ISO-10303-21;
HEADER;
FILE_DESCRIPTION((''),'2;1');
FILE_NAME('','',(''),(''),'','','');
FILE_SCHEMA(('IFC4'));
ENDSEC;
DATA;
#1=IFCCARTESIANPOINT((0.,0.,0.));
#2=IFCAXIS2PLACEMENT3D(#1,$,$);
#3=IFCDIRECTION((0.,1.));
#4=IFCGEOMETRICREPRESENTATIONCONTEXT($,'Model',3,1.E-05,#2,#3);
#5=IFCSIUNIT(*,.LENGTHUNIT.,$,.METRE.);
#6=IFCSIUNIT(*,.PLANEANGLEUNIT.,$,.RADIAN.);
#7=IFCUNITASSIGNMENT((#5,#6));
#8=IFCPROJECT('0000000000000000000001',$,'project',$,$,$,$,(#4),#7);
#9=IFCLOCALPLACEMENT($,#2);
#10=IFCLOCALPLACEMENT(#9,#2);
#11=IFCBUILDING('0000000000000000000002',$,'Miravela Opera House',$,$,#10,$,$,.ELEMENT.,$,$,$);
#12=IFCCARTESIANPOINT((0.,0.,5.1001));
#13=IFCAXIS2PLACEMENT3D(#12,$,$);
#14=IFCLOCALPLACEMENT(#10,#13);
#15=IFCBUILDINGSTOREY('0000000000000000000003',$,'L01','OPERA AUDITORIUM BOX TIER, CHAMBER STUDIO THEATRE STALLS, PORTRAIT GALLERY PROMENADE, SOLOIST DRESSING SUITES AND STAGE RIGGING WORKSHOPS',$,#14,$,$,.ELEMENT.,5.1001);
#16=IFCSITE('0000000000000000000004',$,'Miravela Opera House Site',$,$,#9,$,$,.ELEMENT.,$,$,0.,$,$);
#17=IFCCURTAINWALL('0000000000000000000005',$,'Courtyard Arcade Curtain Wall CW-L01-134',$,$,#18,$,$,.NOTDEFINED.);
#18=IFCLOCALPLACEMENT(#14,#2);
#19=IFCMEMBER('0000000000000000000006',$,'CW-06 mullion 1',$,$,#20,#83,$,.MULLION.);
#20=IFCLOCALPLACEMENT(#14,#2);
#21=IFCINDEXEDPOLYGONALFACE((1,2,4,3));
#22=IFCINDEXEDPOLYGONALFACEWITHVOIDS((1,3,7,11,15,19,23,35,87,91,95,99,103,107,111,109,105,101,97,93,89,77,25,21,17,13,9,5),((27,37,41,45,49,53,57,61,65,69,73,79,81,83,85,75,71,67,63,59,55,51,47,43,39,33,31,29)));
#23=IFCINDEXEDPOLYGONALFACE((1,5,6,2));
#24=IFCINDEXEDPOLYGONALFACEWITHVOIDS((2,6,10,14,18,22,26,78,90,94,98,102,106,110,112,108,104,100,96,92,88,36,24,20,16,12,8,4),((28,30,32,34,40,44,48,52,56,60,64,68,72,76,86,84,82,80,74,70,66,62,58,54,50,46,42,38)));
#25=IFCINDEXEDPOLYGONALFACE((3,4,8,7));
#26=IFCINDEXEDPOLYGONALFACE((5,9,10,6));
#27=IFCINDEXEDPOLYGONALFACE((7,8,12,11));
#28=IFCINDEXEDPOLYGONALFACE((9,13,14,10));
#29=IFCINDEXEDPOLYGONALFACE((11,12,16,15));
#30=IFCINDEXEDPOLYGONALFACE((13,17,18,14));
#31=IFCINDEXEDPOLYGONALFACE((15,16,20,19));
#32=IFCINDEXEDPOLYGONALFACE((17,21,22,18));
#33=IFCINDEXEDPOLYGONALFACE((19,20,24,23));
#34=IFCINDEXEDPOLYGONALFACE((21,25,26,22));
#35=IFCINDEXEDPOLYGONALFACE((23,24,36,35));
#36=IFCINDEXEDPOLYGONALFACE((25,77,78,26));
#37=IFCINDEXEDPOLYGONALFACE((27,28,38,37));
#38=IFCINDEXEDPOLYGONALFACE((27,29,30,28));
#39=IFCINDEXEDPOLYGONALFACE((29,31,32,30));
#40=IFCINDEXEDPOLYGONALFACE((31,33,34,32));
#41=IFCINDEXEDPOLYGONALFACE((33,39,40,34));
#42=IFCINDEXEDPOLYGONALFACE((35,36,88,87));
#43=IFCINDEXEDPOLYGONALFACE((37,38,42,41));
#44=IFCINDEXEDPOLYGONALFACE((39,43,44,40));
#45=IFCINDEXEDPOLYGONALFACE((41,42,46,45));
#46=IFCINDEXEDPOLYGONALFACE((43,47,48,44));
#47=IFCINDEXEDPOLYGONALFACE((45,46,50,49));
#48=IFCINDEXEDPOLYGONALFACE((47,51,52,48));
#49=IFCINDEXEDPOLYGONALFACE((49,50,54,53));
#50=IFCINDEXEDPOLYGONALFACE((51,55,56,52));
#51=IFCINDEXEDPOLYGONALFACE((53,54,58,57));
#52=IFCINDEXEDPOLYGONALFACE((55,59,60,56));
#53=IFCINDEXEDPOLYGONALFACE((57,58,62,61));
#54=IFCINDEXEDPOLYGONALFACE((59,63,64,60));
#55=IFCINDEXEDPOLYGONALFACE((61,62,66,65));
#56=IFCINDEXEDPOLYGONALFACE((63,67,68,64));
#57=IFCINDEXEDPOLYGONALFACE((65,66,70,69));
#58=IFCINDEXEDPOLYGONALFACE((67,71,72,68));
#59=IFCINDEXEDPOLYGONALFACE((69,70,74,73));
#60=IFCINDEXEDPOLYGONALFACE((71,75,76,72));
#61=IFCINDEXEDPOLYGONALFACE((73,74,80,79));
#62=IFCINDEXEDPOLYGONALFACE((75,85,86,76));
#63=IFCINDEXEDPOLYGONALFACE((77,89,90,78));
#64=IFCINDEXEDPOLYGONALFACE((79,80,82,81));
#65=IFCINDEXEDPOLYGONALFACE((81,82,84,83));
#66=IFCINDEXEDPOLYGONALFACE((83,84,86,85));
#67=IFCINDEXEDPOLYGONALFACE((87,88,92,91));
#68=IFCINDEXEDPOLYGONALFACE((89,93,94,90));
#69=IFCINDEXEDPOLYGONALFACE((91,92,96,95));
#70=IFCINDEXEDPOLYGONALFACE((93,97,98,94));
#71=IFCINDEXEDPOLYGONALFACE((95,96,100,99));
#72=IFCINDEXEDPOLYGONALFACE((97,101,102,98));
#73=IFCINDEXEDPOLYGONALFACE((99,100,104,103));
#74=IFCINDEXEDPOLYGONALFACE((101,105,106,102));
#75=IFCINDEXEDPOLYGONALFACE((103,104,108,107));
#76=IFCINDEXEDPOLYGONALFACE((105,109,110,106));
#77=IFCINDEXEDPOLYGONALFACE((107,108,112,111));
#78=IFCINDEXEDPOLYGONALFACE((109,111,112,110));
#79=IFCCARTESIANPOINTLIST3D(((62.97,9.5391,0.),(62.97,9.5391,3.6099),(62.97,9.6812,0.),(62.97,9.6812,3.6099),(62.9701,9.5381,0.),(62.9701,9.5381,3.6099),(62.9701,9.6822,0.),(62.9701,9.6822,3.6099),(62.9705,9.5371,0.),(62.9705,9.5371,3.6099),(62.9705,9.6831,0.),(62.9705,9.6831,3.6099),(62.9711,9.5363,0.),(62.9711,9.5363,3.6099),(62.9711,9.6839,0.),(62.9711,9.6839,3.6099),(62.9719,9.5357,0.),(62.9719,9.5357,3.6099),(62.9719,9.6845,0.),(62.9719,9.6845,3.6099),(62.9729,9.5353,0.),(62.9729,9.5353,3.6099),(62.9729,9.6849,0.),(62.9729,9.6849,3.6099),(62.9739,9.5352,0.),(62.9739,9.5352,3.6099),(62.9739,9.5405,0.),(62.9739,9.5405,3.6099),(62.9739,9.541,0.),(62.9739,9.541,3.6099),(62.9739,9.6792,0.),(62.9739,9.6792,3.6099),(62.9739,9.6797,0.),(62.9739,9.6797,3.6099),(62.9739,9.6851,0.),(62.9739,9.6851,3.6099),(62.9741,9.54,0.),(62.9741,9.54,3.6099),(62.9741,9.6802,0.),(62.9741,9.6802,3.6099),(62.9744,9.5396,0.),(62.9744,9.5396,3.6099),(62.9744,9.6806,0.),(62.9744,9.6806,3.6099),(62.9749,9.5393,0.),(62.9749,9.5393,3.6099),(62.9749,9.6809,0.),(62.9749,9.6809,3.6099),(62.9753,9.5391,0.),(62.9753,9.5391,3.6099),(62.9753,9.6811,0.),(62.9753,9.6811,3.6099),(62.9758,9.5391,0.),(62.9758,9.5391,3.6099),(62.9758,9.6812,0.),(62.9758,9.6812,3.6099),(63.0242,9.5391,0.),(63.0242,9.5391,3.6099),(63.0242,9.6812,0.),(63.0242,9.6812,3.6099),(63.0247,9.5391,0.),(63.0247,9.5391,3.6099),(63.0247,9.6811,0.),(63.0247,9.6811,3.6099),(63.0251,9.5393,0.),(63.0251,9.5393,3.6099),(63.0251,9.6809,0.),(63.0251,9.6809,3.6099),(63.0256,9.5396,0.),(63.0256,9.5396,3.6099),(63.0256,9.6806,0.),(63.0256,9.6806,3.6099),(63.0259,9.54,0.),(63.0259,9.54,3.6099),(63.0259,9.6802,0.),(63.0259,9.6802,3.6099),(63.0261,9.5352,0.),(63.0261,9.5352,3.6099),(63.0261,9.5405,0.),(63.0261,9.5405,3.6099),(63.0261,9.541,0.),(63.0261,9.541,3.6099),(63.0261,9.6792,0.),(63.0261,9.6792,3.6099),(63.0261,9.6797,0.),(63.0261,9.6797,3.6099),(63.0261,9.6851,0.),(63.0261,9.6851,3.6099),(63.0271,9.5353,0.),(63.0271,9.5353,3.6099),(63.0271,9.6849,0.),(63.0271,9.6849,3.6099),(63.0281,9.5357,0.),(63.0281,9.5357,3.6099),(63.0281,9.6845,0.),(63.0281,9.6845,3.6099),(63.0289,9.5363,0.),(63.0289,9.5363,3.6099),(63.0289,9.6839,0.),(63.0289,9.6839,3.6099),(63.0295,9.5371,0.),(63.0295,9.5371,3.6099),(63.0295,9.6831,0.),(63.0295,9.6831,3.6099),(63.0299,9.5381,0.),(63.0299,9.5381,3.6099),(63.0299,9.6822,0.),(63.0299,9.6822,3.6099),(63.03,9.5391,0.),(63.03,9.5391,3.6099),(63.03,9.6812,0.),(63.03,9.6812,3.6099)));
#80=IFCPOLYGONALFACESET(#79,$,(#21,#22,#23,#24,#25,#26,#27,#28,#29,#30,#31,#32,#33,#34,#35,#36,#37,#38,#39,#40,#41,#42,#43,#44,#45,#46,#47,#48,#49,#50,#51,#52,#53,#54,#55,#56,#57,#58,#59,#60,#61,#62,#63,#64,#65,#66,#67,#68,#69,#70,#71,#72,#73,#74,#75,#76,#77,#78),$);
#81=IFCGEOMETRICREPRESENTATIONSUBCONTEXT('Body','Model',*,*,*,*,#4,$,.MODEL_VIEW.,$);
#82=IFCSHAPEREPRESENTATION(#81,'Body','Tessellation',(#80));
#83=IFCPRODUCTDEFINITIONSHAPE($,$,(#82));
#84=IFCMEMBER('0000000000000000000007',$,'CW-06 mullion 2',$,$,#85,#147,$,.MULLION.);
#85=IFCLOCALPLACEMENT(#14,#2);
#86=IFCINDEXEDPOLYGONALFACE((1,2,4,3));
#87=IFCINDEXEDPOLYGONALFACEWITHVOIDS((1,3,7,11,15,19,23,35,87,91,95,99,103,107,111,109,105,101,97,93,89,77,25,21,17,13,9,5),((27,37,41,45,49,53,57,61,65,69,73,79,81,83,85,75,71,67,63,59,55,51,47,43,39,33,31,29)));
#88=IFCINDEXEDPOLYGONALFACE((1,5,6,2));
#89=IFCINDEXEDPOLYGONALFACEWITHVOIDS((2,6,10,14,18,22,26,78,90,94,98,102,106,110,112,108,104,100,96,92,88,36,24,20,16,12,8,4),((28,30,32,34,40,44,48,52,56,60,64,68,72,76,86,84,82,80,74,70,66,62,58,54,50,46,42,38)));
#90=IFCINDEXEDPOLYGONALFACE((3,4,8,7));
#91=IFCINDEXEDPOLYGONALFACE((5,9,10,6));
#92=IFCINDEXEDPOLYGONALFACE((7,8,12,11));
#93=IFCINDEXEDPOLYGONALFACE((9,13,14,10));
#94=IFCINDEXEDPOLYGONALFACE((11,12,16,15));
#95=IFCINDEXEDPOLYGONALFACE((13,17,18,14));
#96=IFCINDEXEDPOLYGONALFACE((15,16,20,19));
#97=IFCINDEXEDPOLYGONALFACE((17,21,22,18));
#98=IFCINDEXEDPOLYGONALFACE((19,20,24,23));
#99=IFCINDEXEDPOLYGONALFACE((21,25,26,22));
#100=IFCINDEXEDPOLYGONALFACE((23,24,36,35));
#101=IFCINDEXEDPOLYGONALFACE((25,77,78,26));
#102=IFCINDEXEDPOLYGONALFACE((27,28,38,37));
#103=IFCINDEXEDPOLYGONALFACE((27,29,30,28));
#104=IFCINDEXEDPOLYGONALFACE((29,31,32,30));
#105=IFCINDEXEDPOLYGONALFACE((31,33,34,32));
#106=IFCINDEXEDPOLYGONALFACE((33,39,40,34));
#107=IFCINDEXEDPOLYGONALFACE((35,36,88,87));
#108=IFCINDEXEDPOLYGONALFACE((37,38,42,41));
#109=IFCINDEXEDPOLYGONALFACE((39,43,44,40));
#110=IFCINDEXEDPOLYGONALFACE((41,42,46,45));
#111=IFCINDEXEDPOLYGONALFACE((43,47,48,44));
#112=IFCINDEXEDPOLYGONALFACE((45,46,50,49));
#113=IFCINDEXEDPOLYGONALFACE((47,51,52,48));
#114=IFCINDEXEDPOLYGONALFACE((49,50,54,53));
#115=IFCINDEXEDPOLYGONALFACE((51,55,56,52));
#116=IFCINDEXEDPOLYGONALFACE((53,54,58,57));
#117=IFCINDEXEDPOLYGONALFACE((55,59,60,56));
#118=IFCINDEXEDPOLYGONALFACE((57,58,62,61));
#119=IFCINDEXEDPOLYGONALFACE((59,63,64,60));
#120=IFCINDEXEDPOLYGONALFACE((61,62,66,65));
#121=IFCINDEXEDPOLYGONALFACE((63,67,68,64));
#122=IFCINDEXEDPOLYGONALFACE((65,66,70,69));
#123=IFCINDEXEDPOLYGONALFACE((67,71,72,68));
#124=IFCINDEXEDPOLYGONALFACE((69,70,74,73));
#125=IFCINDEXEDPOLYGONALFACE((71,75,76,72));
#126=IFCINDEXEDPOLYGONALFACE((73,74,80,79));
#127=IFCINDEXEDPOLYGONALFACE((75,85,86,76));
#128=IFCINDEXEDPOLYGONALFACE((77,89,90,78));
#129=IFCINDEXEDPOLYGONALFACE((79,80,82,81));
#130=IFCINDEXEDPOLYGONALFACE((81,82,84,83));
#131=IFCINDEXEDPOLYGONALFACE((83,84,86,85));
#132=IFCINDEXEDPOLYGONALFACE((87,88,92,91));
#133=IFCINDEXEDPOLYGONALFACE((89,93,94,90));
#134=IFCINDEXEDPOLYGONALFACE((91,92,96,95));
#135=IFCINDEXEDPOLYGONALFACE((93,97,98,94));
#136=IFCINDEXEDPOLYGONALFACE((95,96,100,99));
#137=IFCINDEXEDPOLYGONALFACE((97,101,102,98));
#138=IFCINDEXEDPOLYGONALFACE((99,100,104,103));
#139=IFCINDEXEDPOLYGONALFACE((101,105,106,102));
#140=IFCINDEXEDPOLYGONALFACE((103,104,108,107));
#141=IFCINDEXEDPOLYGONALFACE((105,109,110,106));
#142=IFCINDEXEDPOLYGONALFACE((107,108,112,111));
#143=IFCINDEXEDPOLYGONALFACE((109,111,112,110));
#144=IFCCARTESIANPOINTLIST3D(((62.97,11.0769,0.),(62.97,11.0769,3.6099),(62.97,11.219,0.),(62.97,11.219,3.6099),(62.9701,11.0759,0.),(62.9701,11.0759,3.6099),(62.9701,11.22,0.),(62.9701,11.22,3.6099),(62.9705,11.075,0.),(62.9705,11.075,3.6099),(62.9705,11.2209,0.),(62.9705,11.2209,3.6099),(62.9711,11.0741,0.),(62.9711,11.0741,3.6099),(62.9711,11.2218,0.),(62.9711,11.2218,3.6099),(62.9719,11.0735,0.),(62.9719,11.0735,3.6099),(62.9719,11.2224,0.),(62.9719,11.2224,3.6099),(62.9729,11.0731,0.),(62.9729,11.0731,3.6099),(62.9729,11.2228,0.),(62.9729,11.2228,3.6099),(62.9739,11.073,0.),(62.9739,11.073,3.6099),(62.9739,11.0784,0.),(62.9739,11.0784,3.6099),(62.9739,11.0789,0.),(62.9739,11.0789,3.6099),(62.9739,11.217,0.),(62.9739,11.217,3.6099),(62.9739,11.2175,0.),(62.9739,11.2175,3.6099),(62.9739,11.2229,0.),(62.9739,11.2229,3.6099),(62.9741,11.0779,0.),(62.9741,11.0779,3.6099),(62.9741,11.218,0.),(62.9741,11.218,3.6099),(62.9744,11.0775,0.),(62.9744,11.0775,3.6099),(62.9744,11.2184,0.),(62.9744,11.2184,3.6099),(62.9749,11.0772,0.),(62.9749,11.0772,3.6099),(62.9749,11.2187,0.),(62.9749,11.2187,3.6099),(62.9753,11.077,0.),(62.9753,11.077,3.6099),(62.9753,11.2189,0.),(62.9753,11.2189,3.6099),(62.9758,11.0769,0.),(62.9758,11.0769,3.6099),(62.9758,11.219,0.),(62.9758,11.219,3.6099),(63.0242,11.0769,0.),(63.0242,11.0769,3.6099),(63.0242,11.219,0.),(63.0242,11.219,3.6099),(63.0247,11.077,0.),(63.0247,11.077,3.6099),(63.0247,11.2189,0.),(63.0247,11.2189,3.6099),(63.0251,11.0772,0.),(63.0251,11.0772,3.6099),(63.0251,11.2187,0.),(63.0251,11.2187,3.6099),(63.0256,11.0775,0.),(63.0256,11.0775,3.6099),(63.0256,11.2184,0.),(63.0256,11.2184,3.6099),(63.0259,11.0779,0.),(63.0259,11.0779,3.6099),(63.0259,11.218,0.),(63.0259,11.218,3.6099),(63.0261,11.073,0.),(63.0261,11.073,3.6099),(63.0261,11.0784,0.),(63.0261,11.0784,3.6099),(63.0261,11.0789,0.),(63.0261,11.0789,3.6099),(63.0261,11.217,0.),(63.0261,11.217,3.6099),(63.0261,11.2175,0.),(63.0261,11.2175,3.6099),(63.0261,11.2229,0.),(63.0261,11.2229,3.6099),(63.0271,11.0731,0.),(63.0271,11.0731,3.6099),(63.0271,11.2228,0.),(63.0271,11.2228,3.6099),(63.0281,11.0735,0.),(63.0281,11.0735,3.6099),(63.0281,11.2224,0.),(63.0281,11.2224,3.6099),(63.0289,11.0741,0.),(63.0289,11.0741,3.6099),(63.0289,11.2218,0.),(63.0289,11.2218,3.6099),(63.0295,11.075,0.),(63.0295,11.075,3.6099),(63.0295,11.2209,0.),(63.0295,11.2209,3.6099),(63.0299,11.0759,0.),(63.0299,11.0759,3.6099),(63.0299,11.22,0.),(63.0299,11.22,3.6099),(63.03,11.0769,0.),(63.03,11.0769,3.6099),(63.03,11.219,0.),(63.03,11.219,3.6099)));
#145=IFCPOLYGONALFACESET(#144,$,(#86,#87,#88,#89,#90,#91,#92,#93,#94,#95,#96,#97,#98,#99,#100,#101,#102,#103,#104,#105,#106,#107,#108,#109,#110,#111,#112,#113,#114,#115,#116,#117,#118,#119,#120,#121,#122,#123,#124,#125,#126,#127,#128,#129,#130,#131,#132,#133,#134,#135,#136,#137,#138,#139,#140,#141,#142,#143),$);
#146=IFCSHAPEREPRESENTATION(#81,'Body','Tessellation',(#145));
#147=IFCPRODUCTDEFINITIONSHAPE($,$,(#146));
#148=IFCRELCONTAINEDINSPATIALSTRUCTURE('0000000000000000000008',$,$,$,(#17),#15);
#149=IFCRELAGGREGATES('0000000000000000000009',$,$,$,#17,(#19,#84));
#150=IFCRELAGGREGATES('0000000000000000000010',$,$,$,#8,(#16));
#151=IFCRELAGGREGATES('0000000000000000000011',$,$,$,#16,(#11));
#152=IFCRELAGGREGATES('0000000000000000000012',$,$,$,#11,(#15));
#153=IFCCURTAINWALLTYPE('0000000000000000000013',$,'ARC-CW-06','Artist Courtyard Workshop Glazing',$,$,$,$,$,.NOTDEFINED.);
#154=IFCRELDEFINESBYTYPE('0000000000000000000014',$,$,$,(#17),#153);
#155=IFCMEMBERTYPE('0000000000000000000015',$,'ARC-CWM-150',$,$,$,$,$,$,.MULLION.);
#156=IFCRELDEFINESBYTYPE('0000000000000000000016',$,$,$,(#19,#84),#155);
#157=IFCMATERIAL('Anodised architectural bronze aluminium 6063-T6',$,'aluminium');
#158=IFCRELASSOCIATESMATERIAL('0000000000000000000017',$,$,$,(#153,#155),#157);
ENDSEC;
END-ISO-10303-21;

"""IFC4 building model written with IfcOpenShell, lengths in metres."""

from ifc_helpers import new_model, si_unit, direction, frame, origin, origin_2d, place, context, subcontext, project, spatial, hollow_rectangle, extrude, material, material_profile, profile_set, type_object, element, aggregate, save


model = new_model("IFC4")

# Units and contexts
model_context = context("Model", 3, precision=1e-05, world=origin(), true_north=direction((0.0, 1.0)))
body_context = subcontext(model_context, "Body", "Model", "MODEL_VIEW")
ifc_project = project(units=[si_unit("LENGTHUNIT", "METRE"), si_unit("PLANEANGLEUNIT", "RADIAN")], contexts=[model_context])

# Site, building, storey
site_placement = place(None, origin())
site = spatial("IfcSite", under=ifc_project, at=site_placement, Name="Miravela Opera House Site", CompositionType="ELEMENT", RefElevation=0.0)
building_placement = place(site_placement, origin())
building = spatial("IfcBuilding", under=site, at=building_placement, Name="Miravela Opera House", CompositionType="ELEMENT")
storey_placement = place(building_placement, frame((0.0, 0.0, 5.1001)))
storey = spatial("IfcBuildingStorey", under=building, at=storey_placement, Name="L01", Description="OPERA AUDITORIUM BOX TIER, CHAMBER STUDIO THEATRE STALLS, PORTRAIT GALLERY PROMENADE, SOLOIST DRESSING SUITES AND STAGE RIGGING WORKSHOPS", CompositionType="ELEMENT", Elevation=5.1001)

# Curtain wall, members
ifc_material_1 = material(Name="Anodised architectural bronze aluminium 6063-T6", Category="aluminium")
curtain_wall_type = type_object("IfcCurtainWallType", Name="ARC-CW-06", Description="Artist Courtyard Workshop Glazing", PredefinedType="NOTDEFINED", material=ifc_material_1)
curtain_wall_placement = place(storey_placement, origin())
curtain_wall = element("IfcCurtainWall", 1, at=curtain_wall_placement, inside=storey, type_object=curtain_wall_type, Name="Courtyard Arcade Curtain Wall CW-L01-134", PredefinedType="NOTDEFINED")
ifc_material_profile_1 = material_profile(ifc_material_1, hollow_rectangle(XDim=0.0601, YDim=0.1499, WallThickness=0.0039, InnerFilletRadius=0.002, OuterFilletRadius=0.0039, at=origin_2d()), Name="CWM-60X150")
ifc_profile_set_1 = profile_set([ifc_material_profile_1])
member_type_1 = type_object("IfcMemberType", Name="ARC-CWM-150", PredefinedType="MULLION", material=ifc_profile_set_1)
member_1_placement = place(storey_placement, frame((63.0, 9.6101, 0.0), z_axis=(0.0, 0.0, 1.0), x_axis=(-1.0, 0.0, 0.0)))
member_1 = element("IfcMember", 2, at=member_1_placement, type_object=member_type_1, Name="CW-06 mullion 1", PredefinedType="MULLION", context=body_context, shape_type="SweptSolid", body=[
    extrude(hollow_rectangle(XDim=0.0601, YDim=0.1499, WallThickness=0.0039, InnerFilletRadius=0.002, OuterFilletRadius=0.0039, at=origin_2d()), origin(), (0.0, 0.0, 1.0), 3.6099),
])
member_2_placement = place(storey_placement, frame((63.0, 11.1479, 0.0), z_axis=(0.0, 0.0, 1.0), x_axis=(-1.0, 0.0, 0.0)))
member_2 = element("IfcMember", 3, at=member_2_placement, type_object=member_type_1, Name="CW-06 mullion 2", PredefinedType="MULLION", context=body_context, shape_type="SweptSolid", body=[
    extrude(hollow_rectangle(XDim=0.0601, YDim=0.1499, WallThickness=0.0039, InnerFilletRadius=0.002, OuterFilletRadius=0.0039, at=origin_2d()), origin(), (0.0, 0.0, 1.0), 3.6099),
])

aggregate(curtain_wall, [member_1, member_2])

save(model, "model.ifc")
